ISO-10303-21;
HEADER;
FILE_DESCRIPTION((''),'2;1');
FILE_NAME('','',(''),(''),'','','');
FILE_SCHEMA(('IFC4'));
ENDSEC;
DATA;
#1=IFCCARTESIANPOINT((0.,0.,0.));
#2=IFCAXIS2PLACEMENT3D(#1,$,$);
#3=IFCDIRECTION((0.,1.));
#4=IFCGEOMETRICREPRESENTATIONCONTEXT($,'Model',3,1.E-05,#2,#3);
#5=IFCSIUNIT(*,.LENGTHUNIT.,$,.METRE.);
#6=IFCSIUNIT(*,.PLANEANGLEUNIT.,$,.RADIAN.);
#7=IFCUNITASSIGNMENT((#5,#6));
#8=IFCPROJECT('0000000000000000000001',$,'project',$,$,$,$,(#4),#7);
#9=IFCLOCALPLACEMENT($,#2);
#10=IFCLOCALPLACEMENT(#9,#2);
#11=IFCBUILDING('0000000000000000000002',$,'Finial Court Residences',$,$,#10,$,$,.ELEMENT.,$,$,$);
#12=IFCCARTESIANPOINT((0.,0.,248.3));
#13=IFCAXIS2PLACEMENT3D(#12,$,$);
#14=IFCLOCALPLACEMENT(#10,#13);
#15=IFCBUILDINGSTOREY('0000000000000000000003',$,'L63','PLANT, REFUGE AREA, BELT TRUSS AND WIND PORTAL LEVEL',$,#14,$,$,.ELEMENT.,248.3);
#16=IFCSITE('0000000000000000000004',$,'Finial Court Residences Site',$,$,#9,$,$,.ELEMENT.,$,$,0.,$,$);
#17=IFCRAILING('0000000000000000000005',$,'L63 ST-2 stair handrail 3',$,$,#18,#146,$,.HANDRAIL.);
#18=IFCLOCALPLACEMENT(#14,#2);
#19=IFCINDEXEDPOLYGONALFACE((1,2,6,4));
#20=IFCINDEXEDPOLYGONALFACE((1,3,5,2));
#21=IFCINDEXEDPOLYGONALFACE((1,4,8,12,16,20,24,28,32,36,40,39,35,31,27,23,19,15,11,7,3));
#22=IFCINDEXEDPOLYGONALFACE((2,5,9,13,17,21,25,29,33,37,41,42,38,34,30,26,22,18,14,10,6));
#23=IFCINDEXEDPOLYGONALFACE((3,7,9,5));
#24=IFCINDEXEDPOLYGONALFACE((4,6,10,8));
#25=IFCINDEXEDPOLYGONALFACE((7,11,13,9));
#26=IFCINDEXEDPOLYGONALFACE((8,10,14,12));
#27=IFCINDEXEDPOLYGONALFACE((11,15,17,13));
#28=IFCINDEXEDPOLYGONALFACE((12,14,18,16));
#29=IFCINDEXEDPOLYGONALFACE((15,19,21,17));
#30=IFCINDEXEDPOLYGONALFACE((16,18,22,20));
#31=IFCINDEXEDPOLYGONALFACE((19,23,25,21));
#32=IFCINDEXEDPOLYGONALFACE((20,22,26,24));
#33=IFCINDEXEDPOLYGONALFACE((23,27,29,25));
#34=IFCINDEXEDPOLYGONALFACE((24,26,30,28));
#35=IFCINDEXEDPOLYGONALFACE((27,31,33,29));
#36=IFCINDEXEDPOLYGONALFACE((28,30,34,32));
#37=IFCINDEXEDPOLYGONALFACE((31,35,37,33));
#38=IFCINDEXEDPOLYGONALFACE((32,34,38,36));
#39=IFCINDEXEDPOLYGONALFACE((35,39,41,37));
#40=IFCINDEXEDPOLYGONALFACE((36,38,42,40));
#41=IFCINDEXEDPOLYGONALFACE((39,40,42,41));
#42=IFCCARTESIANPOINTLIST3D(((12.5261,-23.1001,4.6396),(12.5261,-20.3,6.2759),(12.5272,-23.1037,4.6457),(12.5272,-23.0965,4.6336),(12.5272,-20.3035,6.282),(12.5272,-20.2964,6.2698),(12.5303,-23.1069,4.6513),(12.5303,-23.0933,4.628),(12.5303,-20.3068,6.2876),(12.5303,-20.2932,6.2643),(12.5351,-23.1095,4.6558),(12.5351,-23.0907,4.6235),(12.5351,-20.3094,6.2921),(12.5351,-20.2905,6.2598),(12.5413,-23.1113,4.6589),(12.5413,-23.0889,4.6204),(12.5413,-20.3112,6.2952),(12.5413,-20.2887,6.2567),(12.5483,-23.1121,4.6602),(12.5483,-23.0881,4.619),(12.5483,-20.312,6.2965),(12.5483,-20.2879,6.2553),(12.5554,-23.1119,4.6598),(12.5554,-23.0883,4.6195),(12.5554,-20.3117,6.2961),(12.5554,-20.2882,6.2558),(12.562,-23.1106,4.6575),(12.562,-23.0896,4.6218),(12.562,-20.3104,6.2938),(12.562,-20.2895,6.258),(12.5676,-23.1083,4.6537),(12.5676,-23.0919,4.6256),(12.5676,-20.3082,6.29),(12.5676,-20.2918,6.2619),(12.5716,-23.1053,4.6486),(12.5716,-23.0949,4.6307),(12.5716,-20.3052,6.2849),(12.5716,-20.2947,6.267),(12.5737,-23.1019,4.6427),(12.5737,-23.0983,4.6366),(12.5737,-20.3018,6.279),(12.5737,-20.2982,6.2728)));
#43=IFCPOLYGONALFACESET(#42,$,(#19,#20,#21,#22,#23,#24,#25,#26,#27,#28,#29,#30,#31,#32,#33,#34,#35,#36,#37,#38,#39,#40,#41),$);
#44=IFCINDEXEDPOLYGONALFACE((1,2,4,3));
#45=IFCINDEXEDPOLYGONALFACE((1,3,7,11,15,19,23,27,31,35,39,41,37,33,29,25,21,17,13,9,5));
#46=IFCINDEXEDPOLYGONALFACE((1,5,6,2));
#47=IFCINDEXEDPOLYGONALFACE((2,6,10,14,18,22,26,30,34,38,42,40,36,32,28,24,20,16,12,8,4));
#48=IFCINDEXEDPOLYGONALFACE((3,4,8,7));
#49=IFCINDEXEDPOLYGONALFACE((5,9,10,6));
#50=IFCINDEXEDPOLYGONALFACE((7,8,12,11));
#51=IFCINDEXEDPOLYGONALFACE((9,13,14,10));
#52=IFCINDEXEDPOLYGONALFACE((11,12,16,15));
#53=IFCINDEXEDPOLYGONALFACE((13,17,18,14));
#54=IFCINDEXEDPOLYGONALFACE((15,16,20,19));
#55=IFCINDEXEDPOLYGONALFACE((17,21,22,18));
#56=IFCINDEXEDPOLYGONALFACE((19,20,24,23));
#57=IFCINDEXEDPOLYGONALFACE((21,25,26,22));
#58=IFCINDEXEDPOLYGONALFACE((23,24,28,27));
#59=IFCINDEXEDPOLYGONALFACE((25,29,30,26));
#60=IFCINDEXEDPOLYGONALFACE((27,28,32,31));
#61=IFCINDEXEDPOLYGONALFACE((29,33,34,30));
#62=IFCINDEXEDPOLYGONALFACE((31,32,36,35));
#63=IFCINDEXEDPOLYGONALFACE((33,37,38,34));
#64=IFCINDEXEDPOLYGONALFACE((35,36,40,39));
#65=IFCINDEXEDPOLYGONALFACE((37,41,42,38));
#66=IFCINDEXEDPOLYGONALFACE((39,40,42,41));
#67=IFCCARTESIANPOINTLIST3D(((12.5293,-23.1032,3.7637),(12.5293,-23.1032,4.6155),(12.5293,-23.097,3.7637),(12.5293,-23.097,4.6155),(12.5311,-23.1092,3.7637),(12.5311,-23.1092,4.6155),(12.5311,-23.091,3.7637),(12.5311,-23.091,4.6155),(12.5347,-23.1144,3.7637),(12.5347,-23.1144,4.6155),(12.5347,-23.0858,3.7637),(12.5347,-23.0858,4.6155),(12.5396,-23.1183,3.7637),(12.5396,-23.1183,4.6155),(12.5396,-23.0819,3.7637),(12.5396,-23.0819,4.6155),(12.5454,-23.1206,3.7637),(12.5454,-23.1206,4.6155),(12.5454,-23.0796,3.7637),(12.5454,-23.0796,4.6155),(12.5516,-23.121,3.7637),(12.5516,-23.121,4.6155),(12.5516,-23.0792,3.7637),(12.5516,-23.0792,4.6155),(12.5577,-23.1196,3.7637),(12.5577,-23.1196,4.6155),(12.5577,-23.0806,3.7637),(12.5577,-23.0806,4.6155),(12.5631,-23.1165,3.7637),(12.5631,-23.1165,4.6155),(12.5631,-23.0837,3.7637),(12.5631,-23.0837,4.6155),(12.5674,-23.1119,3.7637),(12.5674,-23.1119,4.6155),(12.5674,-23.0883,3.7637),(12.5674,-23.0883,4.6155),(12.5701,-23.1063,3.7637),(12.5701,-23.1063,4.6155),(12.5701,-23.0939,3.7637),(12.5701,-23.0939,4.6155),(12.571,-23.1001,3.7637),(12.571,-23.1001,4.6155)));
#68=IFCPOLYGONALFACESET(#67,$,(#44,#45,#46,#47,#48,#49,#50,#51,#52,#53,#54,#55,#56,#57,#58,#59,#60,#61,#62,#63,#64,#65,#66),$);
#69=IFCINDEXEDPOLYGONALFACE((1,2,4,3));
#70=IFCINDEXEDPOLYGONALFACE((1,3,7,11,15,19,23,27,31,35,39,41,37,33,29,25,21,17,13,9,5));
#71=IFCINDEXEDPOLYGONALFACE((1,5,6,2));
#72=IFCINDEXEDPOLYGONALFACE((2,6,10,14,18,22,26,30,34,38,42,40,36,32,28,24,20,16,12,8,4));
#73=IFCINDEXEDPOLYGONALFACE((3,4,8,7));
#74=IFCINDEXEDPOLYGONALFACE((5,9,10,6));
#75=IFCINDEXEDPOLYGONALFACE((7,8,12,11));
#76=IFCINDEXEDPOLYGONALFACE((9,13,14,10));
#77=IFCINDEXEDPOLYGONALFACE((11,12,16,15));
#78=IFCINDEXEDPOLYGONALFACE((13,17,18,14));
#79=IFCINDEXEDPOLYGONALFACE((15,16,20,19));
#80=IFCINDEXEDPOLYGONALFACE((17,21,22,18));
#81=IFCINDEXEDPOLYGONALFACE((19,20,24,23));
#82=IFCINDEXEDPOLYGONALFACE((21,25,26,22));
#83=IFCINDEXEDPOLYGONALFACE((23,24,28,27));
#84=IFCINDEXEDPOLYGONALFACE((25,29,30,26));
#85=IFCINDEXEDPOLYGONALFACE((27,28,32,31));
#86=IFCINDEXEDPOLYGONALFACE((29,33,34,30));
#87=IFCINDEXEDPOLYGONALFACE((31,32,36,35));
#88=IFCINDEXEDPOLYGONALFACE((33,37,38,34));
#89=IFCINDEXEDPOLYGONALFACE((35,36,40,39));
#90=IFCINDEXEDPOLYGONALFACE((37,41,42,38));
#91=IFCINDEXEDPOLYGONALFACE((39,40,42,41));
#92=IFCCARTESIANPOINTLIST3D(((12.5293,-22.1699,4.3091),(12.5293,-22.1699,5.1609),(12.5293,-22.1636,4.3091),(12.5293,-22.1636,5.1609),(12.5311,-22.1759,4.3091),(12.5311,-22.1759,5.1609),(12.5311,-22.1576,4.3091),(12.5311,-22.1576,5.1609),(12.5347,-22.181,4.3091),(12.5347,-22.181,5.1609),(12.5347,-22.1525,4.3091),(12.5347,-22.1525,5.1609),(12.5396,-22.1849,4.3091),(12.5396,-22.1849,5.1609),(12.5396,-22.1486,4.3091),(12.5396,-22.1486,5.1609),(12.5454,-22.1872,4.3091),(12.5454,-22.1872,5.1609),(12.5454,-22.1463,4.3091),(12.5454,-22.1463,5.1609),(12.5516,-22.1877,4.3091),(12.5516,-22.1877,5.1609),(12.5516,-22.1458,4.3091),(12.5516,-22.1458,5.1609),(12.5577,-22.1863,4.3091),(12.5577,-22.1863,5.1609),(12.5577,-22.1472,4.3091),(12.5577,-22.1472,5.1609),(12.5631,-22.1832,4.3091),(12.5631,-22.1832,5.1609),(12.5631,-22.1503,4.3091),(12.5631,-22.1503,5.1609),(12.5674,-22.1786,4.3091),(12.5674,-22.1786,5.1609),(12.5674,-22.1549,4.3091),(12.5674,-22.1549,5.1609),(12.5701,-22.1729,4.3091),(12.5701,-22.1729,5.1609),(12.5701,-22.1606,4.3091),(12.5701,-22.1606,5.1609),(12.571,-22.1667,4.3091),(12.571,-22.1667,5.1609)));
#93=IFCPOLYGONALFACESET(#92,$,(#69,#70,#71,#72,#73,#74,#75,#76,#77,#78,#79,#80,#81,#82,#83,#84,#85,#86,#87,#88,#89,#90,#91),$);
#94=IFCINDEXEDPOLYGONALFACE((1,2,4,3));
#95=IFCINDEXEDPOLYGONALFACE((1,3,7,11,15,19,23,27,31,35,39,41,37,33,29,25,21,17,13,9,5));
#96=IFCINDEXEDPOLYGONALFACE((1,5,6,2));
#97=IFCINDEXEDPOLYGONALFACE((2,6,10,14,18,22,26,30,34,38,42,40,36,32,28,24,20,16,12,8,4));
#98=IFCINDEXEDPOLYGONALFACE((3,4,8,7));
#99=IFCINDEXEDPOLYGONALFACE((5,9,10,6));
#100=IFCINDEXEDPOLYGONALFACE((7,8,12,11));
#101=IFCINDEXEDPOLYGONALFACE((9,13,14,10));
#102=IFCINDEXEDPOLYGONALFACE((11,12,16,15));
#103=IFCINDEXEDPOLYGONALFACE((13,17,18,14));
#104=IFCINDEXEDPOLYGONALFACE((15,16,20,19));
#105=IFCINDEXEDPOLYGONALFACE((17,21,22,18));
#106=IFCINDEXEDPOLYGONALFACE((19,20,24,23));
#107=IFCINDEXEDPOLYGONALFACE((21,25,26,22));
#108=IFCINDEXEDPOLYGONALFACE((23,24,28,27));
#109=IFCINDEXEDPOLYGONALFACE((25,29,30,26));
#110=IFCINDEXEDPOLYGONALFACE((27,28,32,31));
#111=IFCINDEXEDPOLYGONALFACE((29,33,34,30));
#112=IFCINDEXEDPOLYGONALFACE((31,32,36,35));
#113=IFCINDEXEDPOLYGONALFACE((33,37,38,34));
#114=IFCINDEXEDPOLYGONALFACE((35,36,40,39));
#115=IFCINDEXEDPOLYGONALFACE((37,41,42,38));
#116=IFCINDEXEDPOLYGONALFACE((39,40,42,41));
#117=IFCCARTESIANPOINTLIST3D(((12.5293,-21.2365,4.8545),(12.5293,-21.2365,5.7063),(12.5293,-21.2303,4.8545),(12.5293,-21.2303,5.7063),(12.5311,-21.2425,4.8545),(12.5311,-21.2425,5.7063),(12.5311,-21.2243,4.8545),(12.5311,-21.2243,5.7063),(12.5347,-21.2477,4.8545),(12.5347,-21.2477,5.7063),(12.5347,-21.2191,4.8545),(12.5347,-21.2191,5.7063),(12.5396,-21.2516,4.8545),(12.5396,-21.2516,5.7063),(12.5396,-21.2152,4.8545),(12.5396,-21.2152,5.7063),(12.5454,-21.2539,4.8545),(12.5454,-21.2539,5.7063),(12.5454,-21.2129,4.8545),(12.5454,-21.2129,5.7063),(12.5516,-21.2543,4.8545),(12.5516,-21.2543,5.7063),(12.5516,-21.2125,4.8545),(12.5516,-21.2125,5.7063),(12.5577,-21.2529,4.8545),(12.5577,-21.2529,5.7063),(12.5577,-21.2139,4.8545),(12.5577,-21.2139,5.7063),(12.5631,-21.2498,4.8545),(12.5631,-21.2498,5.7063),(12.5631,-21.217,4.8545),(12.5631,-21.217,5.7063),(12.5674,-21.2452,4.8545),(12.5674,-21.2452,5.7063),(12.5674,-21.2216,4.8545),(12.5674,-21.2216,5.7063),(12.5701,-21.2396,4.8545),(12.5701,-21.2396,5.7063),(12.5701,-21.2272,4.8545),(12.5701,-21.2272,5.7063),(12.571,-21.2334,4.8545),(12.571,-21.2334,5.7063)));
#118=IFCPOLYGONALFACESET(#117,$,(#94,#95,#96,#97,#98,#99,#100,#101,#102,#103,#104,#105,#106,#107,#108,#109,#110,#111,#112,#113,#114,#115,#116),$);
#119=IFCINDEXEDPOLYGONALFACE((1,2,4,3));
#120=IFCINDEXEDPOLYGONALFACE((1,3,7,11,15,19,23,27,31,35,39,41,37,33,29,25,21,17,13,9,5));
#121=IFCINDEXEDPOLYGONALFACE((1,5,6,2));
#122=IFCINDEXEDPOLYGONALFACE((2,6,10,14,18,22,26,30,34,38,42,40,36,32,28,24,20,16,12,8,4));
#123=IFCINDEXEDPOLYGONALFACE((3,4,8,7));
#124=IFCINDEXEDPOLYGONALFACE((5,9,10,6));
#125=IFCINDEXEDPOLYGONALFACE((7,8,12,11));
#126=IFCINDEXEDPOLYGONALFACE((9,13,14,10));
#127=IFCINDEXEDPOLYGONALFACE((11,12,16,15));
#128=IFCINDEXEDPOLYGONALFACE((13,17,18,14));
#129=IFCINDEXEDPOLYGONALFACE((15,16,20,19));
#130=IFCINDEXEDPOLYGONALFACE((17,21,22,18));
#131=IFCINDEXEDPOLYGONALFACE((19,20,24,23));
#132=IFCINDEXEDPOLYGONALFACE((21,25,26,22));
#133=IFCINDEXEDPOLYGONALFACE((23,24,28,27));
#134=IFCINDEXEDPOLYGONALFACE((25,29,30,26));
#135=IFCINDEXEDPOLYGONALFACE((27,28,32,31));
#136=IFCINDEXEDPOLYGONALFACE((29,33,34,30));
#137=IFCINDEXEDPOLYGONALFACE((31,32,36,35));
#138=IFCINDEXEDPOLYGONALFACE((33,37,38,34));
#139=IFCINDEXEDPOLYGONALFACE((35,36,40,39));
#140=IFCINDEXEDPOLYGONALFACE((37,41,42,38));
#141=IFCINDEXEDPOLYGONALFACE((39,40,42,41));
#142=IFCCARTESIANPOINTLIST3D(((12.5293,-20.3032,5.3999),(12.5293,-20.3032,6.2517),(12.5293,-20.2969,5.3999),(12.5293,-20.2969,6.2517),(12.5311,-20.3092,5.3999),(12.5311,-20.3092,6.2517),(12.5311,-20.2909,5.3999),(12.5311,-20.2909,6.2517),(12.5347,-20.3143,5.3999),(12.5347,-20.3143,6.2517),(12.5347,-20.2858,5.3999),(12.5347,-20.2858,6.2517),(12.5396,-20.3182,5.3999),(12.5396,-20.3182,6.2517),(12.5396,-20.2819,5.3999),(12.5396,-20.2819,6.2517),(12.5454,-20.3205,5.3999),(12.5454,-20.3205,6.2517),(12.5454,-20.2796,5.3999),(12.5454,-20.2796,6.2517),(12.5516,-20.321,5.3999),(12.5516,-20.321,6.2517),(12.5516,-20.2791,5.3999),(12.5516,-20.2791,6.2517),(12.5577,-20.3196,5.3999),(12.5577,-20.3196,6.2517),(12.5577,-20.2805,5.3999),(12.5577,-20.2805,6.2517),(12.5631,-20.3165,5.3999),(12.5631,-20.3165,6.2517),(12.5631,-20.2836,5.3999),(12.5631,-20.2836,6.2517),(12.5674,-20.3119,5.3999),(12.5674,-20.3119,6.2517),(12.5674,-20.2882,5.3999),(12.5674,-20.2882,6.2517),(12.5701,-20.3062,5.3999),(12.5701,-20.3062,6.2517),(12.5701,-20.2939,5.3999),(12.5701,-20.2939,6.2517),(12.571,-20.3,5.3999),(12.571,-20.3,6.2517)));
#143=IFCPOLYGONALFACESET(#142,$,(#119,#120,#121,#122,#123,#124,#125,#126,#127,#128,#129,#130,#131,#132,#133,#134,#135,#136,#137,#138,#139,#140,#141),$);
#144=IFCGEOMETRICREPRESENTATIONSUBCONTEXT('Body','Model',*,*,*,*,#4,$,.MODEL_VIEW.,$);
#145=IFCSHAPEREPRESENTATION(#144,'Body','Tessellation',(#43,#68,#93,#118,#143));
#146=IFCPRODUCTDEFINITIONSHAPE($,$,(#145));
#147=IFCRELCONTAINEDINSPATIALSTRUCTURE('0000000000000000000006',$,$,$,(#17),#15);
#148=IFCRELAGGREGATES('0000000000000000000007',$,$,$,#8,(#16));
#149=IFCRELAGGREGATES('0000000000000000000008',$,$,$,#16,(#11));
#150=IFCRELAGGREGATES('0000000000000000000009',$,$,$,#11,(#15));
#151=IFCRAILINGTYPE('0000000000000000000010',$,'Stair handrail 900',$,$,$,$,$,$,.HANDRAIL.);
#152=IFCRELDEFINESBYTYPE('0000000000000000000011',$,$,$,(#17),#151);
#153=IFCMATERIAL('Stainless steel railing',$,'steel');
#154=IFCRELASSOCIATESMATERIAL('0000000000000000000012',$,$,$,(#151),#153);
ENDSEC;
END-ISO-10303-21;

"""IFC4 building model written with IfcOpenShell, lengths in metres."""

from ifc_helpers import new_model, si_unit, direction, frame, origin, origin_2d, place, context, subcontext, project, spatial, circle, extrude, material, type_object, element, save


model = new_model("IFC4")

# Units and contexts
model_context = context("Model", 3, precision=1e-05, world=origin(), true_north=direction((0.0, 1.0)))
body_context = subcontext(model_context, "Body", "Model", "MODEL_VIEW")
ifc_project = project(units=[si_unit("LENGTHUNIT", "METRE"), si_unit("PLANEANGLEUNIT", "RADIAN")], contexts=[model_context])

# Site, building, storey
site_placement = place(None, origin())
site = spatial("IfcSite", under=ifc_project, at=site_placement, Name="Finial Court Residences Site", CompositionType="ELEMENT", RefElevation=0.0)
building_placement = place(site_placement, origin())
building = spatial("IfcBuilding", under=site, at=building_placement, Name="Finial Court Residences", CompositionType="ELEMENT")
storey_placement = place(building_placement, frame((0.0, 0.0, 248.3)))
storey = spatial("IfcBuildingStorey", under=building, at=storey_placement, Name="L63", Description="PLANT, REFUGE AREA, BELT TRUSS AND WIND PORTAL LEVEL", CompositionType="ELEMENT", Elevation=248.3)

# Railing
ifc_material_1 = material(Name="Stainless steel railing", Category="steel")
railing_type_1 = type_object("IfcRailingType", Name="Stair handrail 900", PredefinedType="HANDRAIL", material=ifc_material_1)
railing_1_placement = place(storey_placement, frame((12.55, -23.1001, 3.7637)))
element("IfcRailing", 1, at=railing_1_placement, inside=storey, type_object=railing_type_1, Name="L63 ST-2 stair handrail 3", PredefinedType="HANDRAIL", context=body_context, shape_type="SweptSolid", body=[
    extrude(circle(Radius=0.0239, at=origin_2d()), frame((0.0, 0.0, 0.876), z_axis=(0.0, 0.863394, 0.504531), x_axis=(-1.0, 0.0, 0.0)), (0.0, 0.0, 1.0), 3.2432),
    extrude(circle(Radius=0.021, at=origin_2d()), origin(), (0.0, 0.0, 1.0), 0.8518),
    extrude(circle(Radius=0.021, at=origin_2d()), frame((0.0, 0.9333, 0.5454)), (0.0, 0.0, 1.0), 0.8518),
    extrude(circle(Radius=0.021, at=origin_2d()), frame((0.0, 1.8667, 1.0908)), (0.0, 0.0, 1.0), 0.8518),
    extrude(circle(Radius=0.021, at=origin_2d()), frame((0.0, 2.8, 1.6362)), (0.0, 0.0, 1.0), 0.8518),
])

save(model, "model.ifc")
